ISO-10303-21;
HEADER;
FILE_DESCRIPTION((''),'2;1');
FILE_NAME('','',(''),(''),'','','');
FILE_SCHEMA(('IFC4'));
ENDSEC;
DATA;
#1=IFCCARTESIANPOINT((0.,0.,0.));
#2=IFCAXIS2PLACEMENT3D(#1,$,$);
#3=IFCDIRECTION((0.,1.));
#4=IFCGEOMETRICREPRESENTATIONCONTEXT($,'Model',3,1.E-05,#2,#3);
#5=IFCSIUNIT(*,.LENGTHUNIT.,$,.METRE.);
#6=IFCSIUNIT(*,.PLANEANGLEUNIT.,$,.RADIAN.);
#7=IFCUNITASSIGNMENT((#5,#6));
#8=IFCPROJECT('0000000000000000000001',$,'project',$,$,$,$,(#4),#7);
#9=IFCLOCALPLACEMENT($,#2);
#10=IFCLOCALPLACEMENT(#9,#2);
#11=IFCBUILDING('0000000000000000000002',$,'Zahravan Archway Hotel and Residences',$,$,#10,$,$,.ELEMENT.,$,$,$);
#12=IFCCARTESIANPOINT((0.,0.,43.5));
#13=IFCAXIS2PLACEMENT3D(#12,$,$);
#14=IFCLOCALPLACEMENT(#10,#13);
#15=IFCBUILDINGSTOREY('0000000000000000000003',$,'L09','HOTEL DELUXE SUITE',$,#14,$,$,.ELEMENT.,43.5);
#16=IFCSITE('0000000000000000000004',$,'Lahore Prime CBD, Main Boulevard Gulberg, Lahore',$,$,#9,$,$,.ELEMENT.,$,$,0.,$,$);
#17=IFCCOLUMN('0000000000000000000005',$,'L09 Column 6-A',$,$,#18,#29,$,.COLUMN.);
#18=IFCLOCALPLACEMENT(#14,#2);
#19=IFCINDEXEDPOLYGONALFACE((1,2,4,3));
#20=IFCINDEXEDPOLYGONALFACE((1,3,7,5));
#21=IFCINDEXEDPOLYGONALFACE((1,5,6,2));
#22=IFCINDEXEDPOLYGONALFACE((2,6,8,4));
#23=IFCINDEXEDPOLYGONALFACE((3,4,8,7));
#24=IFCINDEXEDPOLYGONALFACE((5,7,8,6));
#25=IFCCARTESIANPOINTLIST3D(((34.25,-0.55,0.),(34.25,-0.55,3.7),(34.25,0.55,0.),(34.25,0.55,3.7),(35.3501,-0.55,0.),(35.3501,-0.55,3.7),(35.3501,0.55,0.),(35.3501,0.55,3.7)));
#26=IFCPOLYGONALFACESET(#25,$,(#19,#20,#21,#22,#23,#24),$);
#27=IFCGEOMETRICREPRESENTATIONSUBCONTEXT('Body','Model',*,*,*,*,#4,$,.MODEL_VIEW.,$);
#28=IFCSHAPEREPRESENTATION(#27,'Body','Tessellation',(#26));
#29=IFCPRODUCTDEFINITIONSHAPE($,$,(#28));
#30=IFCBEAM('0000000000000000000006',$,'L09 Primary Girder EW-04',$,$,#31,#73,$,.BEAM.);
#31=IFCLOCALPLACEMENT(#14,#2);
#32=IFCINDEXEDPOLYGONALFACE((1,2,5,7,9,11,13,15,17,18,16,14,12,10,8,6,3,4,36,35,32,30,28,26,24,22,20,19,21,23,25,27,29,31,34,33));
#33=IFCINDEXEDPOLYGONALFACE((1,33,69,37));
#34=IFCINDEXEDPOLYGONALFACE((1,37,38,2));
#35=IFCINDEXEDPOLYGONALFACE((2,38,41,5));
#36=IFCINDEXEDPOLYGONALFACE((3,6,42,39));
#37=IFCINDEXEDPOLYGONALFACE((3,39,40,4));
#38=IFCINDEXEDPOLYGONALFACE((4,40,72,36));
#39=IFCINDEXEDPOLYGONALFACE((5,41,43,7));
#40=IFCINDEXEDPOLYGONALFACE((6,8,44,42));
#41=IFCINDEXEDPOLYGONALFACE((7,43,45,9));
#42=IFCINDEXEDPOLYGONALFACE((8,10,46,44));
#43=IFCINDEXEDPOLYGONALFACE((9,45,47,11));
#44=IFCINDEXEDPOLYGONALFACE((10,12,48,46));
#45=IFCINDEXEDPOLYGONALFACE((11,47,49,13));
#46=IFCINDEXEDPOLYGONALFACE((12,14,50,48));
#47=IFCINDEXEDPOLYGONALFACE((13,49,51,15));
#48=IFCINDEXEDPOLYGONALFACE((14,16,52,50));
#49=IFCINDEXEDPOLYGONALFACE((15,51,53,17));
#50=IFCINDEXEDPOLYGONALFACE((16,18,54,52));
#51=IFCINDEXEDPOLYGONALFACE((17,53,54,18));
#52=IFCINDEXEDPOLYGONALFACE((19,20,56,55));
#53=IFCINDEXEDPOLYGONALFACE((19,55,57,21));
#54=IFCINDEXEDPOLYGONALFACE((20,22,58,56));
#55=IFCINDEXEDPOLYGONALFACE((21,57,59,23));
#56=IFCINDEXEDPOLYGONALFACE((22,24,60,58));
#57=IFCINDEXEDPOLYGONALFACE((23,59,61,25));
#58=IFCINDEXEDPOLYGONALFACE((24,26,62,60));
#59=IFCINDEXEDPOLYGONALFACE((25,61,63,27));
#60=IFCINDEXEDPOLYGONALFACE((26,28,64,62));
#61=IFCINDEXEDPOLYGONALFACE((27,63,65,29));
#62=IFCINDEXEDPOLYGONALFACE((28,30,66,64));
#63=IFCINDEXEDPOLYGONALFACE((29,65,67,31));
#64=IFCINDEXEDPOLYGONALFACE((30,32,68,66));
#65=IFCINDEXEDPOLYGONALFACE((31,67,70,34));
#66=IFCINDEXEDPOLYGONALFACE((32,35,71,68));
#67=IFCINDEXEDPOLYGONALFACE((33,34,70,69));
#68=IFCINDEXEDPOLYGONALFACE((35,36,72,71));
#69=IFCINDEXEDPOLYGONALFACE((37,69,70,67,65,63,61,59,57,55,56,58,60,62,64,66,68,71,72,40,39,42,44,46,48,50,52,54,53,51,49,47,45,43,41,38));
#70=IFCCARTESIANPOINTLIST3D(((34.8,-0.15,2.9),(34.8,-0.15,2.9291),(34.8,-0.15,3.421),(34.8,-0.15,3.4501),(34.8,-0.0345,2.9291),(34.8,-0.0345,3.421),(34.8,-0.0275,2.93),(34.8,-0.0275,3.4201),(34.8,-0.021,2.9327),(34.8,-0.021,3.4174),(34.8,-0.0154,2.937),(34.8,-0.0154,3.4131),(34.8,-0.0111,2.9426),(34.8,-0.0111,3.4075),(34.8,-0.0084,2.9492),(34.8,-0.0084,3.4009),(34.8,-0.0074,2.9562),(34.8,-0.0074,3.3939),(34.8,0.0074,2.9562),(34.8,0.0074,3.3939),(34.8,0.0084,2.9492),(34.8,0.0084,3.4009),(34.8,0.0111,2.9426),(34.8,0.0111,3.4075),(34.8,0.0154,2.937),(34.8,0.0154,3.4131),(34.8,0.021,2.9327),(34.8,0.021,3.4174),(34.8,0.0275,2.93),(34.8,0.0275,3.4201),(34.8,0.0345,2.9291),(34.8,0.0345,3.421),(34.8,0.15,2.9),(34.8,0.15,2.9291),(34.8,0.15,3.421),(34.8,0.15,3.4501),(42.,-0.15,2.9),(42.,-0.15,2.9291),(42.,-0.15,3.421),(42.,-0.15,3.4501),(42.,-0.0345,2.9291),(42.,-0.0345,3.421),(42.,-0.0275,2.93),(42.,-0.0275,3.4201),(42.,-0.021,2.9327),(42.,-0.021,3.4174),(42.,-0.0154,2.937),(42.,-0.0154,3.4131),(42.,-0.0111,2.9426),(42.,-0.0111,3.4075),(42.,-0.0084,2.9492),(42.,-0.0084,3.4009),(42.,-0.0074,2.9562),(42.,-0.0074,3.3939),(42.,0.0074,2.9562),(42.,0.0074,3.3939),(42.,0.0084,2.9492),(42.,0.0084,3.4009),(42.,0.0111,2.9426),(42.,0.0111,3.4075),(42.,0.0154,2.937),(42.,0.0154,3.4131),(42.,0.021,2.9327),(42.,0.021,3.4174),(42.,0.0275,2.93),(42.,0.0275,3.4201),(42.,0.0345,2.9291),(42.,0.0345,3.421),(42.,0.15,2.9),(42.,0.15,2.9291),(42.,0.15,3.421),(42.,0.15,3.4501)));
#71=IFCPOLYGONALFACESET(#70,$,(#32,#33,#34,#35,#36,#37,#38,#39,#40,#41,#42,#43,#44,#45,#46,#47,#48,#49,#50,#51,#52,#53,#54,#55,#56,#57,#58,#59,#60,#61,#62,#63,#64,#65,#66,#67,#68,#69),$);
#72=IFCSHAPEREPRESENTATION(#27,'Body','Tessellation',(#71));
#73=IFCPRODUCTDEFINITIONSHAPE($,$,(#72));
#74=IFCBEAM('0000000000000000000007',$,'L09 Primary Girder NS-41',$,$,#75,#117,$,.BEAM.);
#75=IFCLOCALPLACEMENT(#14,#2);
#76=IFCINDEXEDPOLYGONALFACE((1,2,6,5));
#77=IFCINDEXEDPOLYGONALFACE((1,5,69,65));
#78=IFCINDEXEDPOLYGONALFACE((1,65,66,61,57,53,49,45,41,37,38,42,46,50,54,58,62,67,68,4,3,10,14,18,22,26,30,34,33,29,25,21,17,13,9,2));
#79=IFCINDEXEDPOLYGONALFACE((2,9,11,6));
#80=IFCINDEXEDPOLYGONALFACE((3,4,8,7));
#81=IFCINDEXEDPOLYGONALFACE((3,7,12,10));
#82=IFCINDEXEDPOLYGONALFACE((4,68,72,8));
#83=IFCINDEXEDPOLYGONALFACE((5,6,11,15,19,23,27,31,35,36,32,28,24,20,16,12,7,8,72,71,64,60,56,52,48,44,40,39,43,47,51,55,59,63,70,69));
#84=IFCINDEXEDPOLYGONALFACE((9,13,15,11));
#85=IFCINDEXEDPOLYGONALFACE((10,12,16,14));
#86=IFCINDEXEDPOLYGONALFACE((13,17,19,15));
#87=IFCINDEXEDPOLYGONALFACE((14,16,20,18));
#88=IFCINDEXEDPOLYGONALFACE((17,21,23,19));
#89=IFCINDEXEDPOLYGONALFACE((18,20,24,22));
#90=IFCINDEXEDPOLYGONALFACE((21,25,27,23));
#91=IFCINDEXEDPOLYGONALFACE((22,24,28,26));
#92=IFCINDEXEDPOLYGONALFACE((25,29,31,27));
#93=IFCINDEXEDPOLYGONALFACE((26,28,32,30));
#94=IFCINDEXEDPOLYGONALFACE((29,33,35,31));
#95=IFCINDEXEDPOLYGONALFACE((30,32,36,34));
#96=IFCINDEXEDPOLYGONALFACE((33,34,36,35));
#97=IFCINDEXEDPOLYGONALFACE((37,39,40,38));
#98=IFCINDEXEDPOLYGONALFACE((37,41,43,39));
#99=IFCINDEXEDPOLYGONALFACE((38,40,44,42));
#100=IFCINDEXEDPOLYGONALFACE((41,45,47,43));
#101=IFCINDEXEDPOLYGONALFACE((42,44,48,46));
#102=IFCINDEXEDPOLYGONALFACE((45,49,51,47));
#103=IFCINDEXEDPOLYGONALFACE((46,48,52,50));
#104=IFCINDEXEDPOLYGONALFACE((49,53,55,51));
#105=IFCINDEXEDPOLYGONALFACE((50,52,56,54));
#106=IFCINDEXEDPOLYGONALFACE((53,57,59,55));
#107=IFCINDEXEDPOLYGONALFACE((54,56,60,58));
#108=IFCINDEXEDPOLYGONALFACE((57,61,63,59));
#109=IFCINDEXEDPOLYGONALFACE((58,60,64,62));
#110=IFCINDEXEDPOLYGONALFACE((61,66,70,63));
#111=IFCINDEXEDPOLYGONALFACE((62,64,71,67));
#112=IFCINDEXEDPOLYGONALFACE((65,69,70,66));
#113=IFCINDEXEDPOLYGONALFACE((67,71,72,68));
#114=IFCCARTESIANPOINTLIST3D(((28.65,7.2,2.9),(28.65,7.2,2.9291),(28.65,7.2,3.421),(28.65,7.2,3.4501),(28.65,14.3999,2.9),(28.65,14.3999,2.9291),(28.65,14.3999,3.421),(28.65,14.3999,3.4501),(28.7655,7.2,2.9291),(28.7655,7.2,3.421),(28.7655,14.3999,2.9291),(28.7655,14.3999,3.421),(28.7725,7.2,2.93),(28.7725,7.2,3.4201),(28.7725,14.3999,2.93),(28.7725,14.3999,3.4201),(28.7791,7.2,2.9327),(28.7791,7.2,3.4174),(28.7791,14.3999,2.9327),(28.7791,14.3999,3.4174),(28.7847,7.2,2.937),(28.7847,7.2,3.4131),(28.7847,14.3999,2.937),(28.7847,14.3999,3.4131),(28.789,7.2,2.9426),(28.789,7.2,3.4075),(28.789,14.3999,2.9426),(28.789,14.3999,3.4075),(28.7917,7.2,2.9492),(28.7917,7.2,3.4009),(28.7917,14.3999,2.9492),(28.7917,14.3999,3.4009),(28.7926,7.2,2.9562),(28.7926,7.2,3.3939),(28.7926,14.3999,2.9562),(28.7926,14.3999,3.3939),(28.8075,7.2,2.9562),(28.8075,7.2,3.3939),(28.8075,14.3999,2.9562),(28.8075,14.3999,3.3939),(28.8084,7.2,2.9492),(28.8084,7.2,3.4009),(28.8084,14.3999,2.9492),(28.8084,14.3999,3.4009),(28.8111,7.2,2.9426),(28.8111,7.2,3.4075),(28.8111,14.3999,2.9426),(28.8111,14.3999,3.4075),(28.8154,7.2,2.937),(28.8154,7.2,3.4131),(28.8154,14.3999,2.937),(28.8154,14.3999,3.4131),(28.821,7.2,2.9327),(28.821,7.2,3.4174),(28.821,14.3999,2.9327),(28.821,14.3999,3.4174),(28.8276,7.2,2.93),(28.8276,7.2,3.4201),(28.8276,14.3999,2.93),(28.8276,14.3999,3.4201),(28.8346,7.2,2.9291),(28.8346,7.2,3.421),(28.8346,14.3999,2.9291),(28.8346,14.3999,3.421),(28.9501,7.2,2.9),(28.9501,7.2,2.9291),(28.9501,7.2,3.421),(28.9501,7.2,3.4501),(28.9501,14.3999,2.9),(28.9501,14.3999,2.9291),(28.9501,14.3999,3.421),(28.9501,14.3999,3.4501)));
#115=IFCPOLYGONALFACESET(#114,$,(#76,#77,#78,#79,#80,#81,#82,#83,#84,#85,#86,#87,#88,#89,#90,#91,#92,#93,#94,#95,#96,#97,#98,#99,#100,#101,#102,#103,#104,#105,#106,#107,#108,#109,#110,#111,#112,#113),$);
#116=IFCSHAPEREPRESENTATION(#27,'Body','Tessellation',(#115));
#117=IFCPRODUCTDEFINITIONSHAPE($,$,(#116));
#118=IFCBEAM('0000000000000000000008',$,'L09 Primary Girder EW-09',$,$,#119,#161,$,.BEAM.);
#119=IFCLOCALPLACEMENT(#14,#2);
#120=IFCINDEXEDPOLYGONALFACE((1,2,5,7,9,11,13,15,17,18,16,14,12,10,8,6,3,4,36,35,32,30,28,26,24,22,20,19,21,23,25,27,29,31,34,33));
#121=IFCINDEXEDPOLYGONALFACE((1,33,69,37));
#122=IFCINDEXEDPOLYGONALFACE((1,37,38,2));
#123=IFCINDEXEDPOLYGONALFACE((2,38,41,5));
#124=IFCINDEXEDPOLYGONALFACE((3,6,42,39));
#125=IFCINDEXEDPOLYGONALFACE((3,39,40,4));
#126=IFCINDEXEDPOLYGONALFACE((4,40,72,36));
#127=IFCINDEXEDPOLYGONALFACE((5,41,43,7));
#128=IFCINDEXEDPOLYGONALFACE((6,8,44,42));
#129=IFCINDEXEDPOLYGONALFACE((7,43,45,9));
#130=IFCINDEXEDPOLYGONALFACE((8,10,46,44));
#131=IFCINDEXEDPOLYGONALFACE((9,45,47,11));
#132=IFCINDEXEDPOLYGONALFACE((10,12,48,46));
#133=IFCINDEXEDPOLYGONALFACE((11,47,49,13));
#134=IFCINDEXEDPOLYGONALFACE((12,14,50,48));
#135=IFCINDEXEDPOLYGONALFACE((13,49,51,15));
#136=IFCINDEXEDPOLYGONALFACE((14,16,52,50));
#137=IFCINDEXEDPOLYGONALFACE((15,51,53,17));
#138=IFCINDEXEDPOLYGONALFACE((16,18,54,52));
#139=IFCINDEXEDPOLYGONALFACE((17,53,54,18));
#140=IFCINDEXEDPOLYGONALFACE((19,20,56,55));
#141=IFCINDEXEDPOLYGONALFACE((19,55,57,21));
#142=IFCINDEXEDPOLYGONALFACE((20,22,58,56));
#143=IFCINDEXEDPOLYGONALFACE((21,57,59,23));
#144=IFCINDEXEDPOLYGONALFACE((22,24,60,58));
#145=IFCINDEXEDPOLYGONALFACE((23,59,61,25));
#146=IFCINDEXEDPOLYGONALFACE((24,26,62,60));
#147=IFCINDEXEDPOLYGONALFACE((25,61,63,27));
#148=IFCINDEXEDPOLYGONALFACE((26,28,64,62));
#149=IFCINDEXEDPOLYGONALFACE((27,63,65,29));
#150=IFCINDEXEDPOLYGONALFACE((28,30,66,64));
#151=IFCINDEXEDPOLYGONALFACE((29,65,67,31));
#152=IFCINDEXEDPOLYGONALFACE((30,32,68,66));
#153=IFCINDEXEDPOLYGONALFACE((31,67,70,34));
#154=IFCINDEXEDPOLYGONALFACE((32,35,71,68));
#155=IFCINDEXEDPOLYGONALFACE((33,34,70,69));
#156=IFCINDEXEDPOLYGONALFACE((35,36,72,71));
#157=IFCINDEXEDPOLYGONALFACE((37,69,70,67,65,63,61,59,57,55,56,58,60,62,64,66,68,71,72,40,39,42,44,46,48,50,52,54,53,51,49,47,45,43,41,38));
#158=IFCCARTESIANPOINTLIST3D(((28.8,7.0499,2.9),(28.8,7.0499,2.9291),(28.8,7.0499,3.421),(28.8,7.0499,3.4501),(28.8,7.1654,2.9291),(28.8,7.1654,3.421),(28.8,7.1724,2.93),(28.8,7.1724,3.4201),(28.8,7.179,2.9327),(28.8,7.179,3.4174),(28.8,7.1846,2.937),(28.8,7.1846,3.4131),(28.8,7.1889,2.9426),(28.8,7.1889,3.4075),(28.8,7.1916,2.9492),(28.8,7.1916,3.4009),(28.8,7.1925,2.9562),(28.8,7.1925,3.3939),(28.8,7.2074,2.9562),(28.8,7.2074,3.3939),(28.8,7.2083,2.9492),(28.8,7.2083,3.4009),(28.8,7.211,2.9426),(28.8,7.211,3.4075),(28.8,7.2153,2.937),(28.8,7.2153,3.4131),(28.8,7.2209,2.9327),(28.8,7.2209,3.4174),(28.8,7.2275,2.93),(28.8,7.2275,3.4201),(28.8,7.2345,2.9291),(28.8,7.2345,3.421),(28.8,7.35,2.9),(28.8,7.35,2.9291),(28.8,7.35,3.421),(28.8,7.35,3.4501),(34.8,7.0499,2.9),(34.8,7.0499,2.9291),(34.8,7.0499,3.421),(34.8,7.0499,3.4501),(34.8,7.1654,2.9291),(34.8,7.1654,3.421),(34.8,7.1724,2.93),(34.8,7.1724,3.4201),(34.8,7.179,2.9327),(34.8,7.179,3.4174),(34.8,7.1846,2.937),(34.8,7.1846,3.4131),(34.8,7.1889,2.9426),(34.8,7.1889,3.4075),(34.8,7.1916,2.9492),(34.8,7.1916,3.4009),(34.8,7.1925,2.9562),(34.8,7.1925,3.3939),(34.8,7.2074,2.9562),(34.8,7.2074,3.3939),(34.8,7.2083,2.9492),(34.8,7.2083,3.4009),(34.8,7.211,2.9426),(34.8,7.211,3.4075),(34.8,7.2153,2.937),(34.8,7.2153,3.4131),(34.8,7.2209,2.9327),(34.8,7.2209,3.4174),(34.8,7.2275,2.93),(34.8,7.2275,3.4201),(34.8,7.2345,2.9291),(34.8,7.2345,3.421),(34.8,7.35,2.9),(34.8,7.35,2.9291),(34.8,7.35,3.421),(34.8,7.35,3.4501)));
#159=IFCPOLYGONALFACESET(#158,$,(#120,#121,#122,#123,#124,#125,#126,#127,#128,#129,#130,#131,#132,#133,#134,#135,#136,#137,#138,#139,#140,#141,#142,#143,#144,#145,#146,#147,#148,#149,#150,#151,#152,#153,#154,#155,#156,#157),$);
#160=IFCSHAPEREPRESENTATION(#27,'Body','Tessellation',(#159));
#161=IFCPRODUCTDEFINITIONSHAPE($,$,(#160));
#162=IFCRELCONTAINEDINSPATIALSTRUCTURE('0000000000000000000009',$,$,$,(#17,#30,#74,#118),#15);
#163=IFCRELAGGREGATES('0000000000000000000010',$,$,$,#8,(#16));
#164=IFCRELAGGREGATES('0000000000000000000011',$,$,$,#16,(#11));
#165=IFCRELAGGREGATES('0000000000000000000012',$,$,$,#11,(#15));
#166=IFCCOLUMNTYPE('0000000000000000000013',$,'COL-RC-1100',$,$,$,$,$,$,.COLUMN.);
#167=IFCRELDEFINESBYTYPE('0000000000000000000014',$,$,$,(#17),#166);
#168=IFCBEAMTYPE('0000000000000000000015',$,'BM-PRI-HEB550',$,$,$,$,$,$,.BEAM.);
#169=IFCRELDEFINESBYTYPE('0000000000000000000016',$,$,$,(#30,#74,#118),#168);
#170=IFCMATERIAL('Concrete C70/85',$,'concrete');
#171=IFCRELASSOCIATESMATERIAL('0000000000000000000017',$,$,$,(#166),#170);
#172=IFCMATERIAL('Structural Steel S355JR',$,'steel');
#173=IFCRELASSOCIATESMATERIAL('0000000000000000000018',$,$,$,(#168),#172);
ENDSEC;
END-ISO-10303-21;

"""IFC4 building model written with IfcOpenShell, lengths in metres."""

from ifc_helpers import new_model, si_unit, direction, frame, origin, origin_2d, place, context, subcontext, project, spatial, rectangle, i_section, extrude, source, transform, mapped, material, material_profile, profile_set, type_object, element, save


model = new_model("IFC4")

# Units and contexts
model_context = context("Model", 3, precision=1e-05, world=origin(), true_north=direction((0.0, 1.0)))
body_context = subcontext(model_context, "Body", "Model", "MODEL_VIEW")
ifc_project = project(units=[si_unit("LENGTHUNIT", "METRE"), si_unit("PLANEANGLEUNIT", "RADIAN")], contexts=[model_context])

# Site, building, storey
site_placement = place(None, origin())
site = spatial("IfcSite", under=ifc_project, at=site_placement, Name="Lahore Prime CBD, Main Boulevard Gulberg, Lahore", CompositionType="ELEMENT", RefElevation=0.0)
building_placement = place(site_placement, origin())
building = spatial("IfcBuilding", under=site, at=building_placement, Name="Zahravan Archway Hotel and Residences", CompositionType="ELEMENT")
storey_placement = place(building_placement, frame((0.0, 0.0, 43.5)))
storey = spatial("IfcBuildingStorey", under=building, at=storey_placement, Name="L09", Description="HOTEL DELUXE SUITE", CompositionType="ELEMENT", Elevation=43.5)

# Column
ifc_material_1 = material(Name="Concrete C70/85", Category="concrete")
ifc_material_profile_1 = material_profile(ifc_material_1, rectangle(XDim=1.1001, YDim=1.1001, at=origin_2d()), Name="RC 1100x1100", Category="concrete")
ifc_profile_set_1 = profile_set([ifc_material_profile_1], Name="Concrete C70/85")
column_type = type_object("IfcColumnType", Name="COL-RC-1100", PredefinedType="COLUMN", material=ifc_profile_set_1)
shared_shape_1 = source(origin(), body_context, "Body", "SweptSolid", [
    extrude(rectangle(XDim=1.1001, YDim=1.1001, at=origin_2d()), origin(), (0.0, 0.0, 1.0), 3.7),
])
column_placement = place(storey_placement, frame((34.8, 0.0, 0.0), z_axis=(0.0, 0.0, 1.0), x_axis=(1.0, 0.0, 0.0)))
element("IfcColumn", 1, at=column_placement, inside=storey, type_object=column_type, Name="L09 Column 6-A", PredefinedType="COLUMN", context=body_context, shape_type="MappedRepresentation", body=[
    mapped(shared_shape_1, transform((0.0, 0.0, 0.0), scale=1.0)),
])

# Beams
ifc_material_2 = material(Name="Structural Steel S355JR", Category="steel")
ifc_material_profile_2 = material_profile(ifc_material_2, i_section(OverallWidth=0.3, OverallDepth=0.55, WebThickness=0.0149, FlangeThickness=0.0291, FilletRadius=0.0271, at=origin_2d()), Name="HEB 550", Category="steel")
ifc_profile_set_2 = profile_set([ifc_material_profile_2], Name="Structural Steel S355JR")
beam_type_1 = type_object("IfcBeamType", Name="BM-PRI-HEB550", PredefinedType="BEAM", material=ifc_profile_set_2)
shared_shape_2 = source(origin(), body_context, "Body", "SweptSolid", [
    extrude(i_section(OverallWidth=0.3, OverallDepth=0.55, WebThickness=0.0149, FlangeThickness=0.0291, FilletRadius=0.0271, at=origin_2d()), origin(), (0.0, 0.0, 1.0), 7.2),
])
for number, where, z_axis, x_axis, name in (
    (2, (34.8, 0.0, 3.175), (1.0, 0.0, 0.0), (0.0, 1.0, 0.0), "L09 Primary Girder EW-04"),
    (3, (28.8, 7.2, 3.175), (0.0, 1.0, 0.0), (-1.0, 0.0, 0.0), "L09 Primary Girder NS-41"),
):
    element("IfcBeam", number, at=place(storey_placement, frame(where, z_axis=z_axis, x_axis=x_axis)), inside=storey, type_object=beam_type_1, Name=name, PredefinedType="BEAM", context=body_context, shape_type="MappedRepresentation", body=[
        mapped(shared_shape_2, transform((0.0, 0.0, 0.0), scale=1.0)),
    ])
shared_shape_3 = source(origin(), body_context, "Body", "SweptSolid", [
    extrude(i_section(OverallWidth=0.3, OverallDepth=0.55, WebThickness=0.0149, FlangeThickness=0.0291, FilletRadius=0.0271, at=origin_2d()), origin(), (0.0, 0.0, 1.0), 6.0),
])
beam_1_placement = place(storey_placement, frame((28.8, 7.2, 3.175), z_axis=(1.0, 0.0, 0.0), x_axis=(0.0, 1.0, 0.0)))
element("IfcBeam", 4, at=beam_1_placement, inside=storey, type_object=beam_type_1, Name="L09 Primary Girder EW-09", PredefinedType="BEAM", context=body_context, shape_type="MappedRepresentation", body=[
    mapped(shared_shape_3, transform((0.0, 0.0, 0.0), scale=1.0)),
])

save(model, "model.ifc")
